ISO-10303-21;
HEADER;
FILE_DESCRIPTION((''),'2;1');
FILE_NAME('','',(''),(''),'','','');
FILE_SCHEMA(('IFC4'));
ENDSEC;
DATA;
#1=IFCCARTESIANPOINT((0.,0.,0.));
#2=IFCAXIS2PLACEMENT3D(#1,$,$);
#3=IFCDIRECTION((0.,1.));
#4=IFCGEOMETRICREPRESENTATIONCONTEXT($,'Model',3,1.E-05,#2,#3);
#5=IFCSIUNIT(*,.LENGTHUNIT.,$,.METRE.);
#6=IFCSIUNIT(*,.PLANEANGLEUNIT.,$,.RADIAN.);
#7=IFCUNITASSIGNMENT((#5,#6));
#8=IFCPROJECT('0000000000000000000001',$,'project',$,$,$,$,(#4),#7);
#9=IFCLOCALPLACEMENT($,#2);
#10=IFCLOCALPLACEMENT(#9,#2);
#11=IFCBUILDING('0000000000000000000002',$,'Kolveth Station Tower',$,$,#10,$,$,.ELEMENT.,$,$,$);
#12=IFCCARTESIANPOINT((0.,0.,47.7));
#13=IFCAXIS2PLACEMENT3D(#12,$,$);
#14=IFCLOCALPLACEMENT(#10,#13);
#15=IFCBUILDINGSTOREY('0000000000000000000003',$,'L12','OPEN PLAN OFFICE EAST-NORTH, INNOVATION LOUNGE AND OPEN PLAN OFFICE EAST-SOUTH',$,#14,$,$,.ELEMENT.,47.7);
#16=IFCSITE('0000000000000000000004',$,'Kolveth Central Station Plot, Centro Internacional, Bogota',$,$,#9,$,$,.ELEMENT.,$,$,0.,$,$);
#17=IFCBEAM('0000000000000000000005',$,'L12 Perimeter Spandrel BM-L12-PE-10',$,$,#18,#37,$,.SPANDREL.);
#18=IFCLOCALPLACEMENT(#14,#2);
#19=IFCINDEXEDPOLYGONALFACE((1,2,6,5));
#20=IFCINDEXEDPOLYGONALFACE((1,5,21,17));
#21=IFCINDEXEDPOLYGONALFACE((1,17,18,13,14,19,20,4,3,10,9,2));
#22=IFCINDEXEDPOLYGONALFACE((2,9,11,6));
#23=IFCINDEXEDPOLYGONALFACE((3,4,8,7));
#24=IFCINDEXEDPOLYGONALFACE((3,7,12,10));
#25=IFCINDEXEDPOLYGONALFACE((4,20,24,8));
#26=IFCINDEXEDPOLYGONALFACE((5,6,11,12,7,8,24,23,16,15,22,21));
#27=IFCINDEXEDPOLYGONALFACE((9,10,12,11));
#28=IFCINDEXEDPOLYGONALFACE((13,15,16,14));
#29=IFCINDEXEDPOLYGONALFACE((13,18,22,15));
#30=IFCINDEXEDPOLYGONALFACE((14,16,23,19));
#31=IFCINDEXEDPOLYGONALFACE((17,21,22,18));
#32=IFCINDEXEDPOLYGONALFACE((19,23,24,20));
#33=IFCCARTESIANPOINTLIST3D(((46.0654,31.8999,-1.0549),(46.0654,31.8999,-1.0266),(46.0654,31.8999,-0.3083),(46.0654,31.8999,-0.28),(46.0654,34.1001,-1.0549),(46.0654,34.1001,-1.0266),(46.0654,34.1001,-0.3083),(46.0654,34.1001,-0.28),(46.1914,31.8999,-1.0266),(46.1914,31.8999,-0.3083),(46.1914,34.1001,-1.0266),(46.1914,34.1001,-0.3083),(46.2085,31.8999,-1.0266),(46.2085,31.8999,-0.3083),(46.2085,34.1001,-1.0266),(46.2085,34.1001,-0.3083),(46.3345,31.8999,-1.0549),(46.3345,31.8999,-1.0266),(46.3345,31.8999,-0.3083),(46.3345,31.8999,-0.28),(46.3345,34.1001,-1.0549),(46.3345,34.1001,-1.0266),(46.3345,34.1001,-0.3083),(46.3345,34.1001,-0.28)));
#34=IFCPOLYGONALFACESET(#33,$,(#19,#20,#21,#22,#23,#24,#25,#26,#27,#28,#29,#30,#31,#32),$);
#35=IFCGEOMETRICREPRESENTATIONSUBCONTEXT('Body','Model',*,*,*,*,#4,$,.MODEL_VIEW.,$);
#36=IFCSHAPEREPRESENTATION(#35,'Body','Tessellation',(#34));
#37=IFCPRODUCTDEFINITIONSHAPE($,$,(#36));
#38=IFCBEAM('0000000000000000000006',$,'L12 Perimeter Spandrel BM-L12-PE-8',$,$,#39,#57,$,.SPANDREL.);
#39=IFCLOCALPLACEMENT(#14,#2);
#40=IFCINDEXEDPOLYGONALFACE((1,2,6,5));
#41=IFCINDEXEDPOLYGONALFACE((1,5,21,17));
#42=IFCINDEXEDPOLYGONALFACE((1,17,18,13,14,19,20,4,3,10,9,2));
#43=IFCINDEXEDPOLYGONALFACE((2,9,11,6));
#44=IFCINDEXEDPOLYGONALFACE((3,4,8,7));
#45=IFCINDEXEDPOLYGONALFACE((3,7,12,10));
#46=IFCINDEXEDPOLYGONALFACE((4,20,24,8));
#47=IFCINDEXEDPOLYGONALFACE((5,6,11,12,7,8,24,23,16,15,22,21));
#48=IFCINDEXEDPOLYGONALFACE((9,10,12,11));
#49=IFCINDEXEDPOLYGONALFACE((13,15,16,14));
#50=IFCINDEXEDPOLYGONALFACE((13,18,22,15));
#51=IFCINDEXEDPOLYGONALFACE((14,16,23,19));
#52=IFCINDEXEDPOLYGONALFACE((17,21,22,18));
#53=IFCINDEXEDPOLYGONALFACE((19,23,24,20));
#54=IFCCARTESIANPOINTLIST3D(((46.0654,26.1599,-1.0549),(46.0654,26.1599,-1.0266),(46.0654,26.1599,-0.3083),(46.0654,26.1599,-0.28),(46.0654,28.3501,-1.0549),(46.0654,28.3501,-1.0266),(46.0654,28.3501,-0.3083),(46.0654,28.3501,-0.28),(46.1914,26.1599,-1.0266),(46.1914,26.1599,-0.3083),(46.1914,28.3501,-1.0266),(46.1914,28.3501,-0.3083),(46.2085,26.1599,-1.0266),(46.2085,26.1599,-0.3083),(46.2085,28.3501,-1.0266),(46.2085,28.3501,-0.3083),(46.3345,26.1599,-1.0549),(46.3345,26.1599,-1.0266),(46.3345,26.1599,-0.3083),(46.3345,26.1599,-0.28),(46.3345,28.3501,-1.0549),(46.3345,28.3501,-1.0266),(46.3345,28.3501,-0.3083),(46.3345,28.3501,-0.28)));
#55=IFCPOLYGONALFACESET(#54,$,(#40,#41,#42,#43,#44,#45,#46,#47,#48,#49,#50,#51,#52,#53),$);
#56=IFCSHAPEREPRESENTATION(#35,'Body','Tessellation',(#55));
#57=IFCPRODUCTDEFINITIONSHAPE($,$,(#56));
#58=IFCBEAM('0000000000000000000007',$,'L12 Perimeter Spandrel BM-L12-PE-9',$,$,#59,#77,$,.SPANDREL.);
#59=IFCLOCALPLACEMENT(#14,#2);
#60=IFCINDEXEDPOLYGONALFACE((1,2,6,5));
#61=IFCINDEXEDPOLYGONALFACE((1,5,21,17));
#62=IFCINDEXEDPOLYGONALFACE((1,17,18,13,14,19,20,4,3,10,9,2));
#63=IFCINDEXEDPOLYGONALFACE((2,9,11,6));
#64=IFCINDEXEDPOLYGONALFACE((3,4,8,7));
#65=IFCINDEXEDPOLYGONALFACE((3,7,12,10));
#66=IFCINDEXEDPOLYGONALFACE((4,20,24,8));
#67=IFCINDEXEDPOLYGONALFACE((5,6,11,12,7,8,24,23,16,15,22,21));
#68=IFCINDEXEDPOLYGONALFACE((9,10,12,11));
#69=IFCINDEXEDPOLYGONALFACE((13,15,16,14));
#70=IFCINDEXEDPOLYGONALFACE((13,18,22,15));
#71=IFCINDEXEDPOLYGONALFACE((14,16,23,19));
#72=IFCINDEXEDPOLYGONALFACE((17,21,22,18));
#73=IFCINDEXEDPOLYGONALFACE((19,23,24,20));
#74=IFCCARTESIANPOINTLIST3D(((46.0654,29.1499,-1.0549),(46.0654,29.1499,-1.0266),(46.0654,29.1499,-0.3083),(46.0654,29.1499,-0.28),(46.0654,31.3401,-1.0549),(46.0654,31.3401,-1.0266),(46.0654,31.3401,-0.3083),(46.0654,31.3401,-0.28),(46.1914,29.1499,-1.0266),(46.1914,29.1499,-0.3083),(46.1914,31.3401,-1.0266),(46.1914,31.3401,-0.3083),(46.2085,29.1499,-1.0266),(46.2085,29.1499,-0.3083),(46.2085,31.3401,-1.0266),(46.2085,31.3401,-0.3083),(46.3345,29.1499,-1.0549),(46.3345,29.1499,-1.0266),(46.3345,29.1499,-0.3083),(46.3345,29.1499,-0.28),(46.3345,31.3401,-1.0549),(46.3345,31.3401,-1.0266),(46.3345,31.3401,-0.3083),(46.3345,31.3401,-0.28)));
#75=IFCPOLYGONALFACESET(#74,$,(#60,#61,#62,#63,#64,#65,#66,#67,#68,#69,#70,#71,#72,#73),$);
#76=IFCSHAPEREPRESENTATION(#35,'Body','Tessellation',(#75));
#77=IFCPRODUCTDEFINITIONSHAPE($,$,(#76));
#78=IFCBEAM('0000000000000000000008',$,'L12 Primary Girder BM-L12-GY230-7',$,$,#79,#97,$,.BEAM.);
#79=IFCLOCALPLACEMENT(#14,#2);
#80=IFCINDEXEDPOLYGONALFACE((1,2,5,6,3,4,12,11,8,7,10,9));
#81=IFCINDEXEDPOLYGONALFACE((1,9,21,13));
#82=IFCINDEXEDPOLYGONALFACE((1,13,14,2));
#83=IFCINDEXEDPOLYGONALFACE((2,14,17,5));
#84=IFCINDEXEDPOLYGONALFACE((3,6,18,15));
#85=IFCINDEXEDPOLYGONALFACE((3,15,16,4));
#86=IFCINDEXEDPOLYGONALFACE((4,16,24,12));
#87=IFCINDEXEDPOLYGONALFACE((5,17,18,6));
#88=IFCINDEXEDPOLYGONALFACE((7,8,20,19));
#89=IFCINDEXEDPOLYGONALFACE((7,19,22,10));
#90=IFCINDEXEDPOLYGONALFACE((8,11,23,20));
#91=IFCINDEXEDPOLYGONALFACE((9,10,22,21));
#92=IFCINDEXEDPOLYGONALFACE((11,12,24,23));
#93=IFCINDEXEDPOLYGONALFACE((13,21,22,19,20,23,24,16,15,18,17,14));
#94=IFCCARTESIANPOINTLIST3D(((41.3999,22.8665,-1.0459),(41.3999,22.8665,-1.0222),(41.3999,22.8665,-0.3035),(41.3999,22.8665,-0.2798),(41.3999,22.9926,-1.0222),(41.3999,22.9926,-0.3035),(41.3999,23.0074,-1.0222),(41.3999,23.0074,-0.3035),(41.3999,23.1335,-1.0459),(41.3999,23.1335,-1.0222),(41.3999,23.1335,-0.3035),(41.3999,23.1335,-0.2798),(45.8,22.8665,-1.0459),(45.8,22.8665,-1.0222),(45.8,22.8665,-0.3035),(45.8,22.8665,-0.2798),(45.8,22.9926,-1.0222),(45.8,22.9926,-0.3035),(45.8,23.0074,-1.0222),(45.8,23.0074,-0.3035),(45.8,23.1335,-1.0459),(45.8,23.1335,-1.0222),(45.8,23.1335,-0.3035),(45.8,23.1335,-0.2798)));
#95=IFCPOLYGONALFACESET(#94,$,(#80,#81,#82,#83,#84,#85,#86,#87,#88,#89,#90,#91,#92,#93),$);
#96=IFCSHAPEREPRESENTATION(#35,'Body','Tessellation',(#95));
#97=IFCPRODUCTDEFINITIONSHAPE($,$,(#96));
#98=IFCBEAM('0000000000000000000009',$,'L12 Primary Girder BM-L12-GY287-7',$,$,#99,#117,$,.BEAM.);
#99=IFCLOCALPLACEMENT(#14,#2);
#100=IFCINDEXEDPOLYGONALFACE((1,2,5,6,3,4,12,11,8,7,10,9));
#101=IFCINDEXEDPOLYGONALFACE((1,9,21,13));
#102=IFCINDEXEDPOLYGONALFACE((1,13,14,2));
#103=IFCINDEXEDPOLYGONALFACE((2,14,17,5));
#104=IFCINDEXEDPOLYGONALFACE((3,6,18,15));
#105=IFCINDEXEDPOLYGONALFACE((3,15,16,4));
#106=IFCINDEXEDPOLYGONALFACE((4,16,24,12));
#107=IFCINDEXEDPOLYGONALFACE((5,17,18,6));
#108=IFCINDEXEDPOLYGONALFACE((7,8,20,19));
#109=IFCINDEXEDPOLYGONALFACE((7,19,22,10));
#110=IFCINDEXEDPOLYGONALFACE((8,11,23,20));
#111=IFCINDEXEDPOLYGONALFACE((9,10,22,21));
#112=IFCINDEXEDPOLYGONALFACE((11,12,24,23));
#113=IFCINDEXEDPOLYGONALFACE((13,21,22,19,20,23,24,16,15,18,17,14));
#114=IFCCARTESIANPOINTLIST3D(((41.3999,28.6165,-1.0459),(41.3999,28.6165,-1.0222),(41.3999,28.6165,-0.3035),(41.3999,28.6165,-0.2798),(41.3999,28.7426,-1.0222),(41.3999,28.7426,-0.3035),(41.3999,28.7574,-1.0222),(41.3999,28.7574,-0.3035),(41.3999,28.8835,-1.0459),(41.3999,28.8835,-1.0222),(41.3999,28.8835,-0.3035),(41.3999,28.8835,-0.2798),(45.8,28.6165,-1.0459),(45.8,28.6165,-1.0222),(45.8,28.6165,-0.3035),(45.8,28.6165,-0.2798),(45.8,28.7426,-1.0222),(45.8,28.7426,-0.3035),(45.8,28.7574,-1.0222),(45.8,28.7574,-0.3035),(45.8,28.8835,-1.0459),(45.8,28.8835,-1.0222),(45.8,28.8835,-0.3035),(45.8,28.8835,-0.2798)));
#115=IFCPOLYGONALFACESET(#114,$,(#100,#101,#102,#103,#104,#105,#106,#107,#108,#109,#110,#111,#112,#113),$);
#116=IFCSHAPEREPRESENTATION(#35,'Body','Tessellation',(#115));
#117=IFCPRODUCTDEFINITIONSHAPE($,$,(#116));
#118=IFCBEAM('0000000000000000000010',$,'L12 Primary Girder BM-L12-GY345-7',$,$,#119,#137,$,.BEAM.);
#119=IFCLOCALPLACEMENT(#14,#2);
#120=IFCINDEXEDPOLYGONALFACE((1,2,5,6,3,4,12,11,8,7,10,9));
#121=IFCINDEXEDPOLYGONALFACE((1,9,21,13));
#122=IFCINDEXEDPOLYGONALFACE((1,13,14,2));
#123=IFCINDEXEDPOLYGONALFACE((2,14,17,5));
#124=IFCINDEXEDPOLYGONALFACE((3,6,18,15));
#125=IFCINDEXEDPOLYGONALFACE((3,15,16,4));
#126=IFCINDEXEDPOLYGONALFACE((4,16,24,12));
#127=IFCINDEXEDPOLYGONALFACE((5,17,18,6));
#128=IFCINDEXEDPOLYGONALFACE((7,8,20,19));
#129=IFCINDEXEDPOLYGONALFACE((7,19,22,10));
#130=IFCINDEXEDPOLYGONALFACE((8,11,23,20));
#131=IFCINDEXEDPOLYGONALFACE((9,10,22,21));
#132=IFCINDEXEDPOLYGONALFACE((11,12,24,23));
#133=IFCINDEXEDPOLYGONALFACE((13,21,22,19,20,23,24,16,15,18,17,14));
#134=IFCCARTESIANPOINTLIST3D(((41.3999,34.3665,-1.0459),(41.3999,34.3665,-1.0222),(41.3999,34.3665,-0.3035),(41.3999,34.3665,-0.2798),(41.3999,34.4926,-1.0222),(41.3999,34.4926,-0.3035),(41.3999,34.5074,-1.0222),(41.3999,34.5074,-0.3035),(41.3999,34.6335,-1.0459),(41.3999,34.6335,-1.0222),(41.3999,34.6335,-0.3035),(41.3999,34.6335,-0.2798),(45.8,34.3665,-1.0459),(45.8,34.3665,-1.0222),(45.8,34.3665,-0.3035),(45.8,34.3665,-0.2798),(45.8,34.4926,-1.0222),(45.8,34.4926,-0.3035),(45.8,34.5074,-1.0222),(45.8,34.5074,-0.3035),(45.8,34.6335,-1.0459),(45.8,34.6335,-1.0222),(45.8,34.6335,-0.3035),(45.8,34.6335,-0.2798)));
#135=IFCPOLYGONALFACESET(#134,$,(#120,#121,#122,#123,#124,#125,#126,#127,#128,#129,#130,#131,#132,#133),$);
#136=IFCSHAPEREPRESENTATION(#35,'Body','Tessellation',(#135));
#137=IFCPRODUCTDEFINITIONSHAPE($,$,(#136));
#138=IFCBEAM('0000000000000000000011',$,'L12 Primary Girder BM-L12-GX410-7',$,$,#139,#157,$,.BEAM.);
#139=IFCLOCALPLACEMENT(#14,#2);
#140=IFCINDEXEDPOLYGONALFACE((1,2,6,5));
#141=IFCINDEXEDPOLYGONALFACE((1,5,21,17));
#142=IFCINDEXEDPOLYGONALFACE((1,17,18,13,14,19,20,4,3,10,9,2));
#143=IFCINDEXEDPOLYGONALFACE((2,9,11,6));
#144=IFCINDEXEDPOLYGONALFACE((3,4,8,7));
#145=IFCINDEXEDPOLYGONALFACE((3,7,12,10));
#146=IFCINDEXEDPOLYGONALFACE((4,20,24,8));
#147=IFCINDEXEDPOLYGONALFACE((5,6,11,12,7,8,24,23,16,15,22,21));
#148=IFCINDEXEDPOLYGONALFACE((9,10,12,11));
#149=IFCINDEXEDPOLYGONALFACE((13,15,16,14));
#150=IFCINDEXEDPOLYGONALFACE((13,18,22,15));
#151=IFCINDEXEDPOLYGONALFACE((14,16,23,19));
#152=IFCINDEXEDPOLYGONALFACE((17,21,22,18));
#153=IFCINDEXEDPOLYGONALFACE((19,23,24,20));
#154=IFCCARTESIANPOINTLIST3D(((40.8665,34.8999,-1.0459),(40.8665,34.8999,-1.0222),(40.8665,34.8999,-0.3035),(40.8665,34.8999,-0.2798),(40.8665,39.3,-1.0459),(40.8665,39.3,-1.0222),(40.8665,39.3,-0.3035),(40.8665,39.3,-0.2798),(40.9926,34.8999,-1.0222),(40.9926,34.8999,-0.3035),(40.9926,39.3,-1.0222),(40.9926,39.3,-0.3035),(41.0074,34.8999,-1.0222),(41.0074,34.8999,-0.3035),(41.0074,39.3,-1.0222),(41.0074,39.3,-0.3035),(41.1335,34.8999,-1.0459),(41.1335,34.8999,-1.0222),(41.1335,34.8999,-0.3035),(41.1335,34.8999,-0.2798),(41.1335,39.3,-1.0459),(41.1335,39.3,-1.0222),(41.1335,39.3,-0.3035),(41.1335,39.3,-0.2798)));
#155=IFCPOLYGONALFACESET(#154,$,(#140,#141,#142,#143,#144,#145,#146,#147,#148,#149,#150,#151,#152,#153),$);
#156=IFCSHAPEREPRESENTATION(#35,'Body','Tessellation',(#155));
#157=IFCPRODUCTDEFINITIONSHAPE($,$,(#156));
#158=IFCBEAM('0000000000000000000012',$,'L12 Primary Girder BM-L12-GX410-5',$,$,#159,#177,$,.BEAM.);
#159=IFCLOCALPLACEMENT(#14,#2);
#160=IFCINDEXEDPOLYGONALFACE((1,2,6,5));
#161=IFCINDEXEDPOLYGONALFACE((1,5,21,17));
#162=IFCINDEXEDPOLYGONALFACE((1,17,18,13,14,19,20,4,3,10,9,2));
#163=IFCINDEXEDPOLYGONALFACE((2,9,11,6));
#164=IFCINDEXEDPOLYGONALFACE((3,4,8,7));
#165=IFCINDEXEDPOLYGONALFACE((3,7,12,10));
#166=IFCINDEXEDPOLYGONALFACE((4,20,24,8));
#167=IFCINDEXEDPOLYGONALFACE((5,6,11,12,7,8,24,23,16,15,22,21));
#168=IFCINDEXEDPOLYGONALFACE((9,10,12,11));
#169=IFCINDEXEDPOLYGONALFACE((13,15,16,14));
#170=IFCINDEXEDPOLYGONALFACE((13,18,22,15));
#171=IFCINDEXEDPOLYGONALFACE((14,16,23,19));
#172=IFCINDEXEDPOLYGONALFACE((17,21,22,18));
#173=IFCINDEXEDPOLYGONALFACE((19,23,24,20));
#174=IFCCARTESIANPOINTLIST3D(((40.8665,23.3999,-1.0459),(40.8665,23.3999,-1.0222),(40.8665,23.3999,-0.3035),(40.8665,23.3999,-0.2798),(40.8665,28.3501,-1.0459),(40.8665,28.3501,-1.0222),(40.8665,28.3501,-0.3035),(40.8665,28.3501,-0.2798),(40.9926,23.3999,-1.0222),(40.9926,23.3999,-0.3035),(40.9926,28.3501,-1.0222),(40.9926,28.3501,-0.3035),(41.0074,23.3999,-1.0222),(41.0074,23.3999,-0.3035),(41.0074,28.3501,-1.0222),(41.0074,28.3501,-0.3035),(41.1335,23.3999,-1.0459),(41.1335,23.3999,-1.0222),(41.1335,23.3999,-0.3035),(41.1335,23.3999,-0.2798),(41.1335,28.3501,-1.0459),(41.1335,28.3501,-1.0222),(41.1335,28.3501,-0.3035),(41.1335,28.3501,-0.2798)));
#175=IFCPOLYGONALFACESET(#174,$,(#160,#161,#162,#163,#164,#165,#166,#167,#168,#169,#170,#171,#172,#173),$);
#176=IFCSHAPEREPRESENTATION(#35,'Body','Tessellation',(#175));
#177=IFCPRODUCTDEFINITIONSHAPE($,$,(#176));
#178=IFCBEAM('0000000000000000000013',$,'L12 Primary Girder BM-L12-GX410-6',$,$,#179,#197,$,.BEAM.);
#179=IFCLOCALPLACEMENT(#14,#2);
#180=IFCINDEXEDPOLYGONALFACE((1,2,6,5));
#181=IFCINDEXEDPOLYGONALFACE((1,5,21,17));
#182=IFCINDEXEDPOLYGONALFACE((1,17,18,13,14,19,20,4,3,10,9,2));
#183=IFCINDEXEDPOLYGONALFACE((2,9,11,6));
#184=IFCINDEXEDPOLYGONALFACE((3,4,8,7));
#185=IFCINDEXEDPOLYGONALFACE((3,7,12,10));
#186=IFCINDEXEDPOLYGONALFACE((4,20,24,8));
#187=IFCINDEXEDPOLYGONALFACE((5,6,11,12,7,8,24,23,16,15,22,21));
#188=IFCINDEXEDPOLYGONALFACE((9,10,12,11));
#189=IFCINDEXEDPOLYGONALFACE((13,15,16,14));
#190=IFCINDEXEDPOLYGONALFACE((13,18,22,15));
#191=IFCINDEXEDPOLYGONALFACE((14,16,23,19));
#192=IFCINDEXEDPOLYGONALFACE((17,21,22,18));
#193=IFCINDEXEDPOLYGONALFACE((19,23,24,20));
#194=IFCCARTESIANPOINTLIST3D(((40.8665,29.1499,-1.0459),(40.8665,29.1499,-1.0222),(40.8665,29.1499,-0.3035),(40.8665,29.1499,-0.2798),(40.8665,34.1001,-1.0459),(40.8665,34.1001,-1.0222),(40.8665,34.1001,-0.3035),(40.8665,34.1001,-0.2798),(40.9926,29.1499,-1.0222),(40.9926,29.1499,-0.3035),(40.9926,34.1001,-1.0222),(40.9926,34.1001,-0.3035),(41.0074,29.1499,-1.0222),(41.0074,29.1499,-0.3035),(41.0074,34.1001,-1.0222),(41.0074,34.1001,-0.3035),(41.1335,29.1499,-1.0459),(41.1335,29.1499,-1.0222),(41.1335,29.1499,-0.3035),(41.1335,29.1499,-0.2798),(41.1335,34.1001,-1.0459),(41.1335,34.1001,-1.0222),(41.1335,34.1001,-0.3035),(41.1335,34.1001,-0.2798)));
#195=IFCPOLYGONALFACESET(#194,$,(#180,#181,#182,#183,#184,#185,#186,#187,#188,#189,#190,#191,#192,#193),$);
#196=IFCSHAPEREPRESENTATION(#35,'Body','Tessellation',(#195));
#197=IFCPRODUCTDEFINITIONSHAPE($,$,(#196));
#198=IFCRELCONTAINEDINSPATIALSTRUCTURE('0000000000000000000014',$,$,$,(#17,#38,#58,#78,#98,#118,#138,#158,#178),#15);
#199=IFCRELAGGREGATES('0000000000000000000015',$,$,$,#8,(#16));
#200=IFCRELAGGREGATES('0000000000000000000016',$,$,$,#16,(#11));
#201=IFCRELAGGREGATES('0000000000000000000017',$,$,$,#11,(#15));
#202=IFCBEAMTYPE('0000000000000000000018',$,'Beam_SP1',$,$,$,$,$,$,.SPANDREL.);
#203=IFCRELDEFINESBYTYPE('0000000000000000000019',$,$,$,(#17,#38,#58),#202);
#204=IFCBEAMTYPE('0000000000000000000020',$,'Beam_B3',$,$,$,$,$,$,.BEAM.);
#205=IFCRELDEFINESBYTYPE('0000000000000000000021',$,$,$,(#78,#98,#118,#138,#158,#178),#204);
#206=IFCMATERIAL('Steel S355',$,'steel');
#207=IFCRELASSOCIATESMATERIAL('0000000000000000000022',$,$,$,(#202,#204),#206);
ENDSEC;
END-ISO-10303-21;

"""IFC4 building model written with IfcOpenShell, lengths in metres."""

from ifc_helpers import new_model, si_unit, direction, frame, origin, origin_2d, place, context, subcontext, project, spatial, i_section, extrude, source, transform, mapped, material, material_profile, profile_set, type_object, element, save


model = new_model("IFC4")

# Units and contexts
model_context = context("Model", 3, precision=1e-05, world=origin(), true_north=direction((0.0, 1.0)))
body_context = subcontext(model_context, "Body", "Model", "MODEL_VIEW")
ifc_project = project(units=[si_unit("LENGTHUNIT", "METRE"), si_unit("PLANEANGLEUNIT", "RADIAN")], contexts=[model_context])

# Site, building, storey
site_placement = place(None, origin())
site = spatial("IfcSite", under=ifc_project, at=site_placement, Name="Kolveth Central Station Plot, Centro Internacional, Bogota", CompositionType="ELEMENT", RefElevation=0.0)
building_placement = place(site_placement, origin())
building = spatial("IfcBuilding", under=site, at=building_placement, Name="Kolveth Station Tower", CompositionType="ELEMENT")
storey_placement = place(building_placement, frame((0.0, 0.0, 47.7)))
storey = spatial("IfcBuildingStorey", under=building, at=storey_placement, Name="L12", Description="OPEN PLAN OFFICE EAST-NORTH, INNOVATION LOUNGE AND OPEN PLAN OFFICE EAST-SOUTH", CompositionType="ELEMENT", Elevation=47.7)

# Shared definitions
ifc_material_1 = material(Name="Steel S355", Category="steel")

# Beams
ifc_material_profile_1 = material_profile(ifc_material_1, i_section(OverallWidth=0.269, OverallDepth=0.7749, WebThickness=0.0171, FlangeThickness=0.0283, at=origin_2d()), Name="W760x220")
ifc_profile_set_1 = profile_set([ifc_material_profile_1], Name="Steel S355")
beam_type_1 = type_object("IfcBeamType", Name="Beam_SP1", PredefinedType="SPANDREL", material=ifc_profile_set_1)
shared_shape_1 = source(origin(), body_context, "Body", "SweptSolid", [
    extrude(i_section(OverallWidth=0.269, OverallDepth=0.7749, WebThickness=0.0171, FlangeThickness=0.0283, at=origin_2d()), origin(), (0.0, 0.0, 1.0), 2.2002),
])
for number, where, z_axis, x_axis, name in (
    (1, (46.2, 31.8999, -0.6675), (0.0, 1.0, 0.0), (-1.0, 0.0, 0.0), "L12 Perimeter Spandrel BM-L12-PE-10"),
):
    element("IfcBeam", number, at=place(storey_placement, frame(where, z_axis=z_axis, x_axis=x_axis)), inside=storey, type_object=beam_type_1, Name=name, PredefinedType="SPANDREL", context=body_context, shape_type="MappedRepresentation", body=[
        mapped(shared_shape_1, transform((0.0, 0.0, 0.0), x_axis=(1.0, 0.0, 0.0), y_axis=(0.0, 1.0, 0.0), z_axis=(0.0, 0.0, 1.0), scale=1.0)),
    ])
shared_shape_2 = source(origin(), body_context, "Body", "SweptSolid", [
    extrude(i_section(OverallWidth=0.269, OverallDepth=0.7749, WebThickness=0.0171, FlangeThickness=0.0283, at=origin_2d()), origin(), (0.0, 0.0, 1.0), 2.1902),
])
for number, where, z_axis, x_axis, name in (
    (2, (46.2, 26.1599, -0.6675), (0.0, 1.0, 0.0), (-1.0, 0.0, 0.0), "L12 Perimeter Spandrel BM-L12-PE-8"),
    (3, (46.2, 29.1499, -0.6675), (0.0, 1.0, 0.0), (-1.0, 0.0, 0.0), "L12 Perimeter Spandrel BM-L12-PE-9"),
):
    element("IfcBeam", number, at=place(storey_placement, frame(where, z_axis=z_axis, x_axis=x_axis)), inside=storey, type_object=beam_type_1, Name=name, PredefinedType="SPANDREL", context=body_context, shape_type="MappedRepresentation", body=[
        mapped(shared_shape_2, transform((0.0, 0.0, 0.0), x_axis=(1.0, 0.0, 0.0), y_axis=(0.0, 1.0, 0.0), z_axis=(0.0, 0.0, 1.0), scale=1.0)),
    ])
ifc_material_profile_2 = material_profile(ifc_material_1, i_section(OverallWidth=0.2671, OverallDepth=0.7661, WebThickness=0.0149, FlangeThickness=0.0237, at=origin_2d()), Name="W760x185")
ifc_profile_set_2 = profile_set([ifc_material_profile_2], Name="Steel S355")
beam_type_2 = type_object("IfcBeamType", Name="Beam_B3", PredefinedType="BEAM", material=ifc_profile_set_2)
shared_shape_3 = source(origin(), body_context, "Body", "SweptSolid", [
    extrude(i_section(OverallWidth=0.2671, OverallDepth=0.7661, WebThickness=0.0149, FlangeThickness=0.0237, at=origin_2d()), origin(), (0.0, 0.0, 1.0), 4.4001),
])
for number, where, z_axis, x_axis, name in (
    (4, (41.3999, 23.0, -0.6628), (1.0, 0.0, 0.0), (0.0, 1.0, 0.0), "L12 Primary Girder BM-L12-GY230-7"),
    (5, (41.3999, 28.75, -0.6628), (1.0, 0.0, 0.0), (0.0, 1.0, 0.0), "L12 Primary Girder BM-L12-GY287-7"),
    (6, (41.3999, 34.5, -0.6628), (1.0, 0.0, 0.0), (0.0, 1.0, 0.0), "L12 Primary Girder BM-L12-GY345-7"),
    (7, (41.0, 34.8999, -0.6628), (0.0, 1.0, 0.0), (-1.0, 0.0, 0.0), "L12 Primary Girder BM-L12-GX410-7"),
):
    element("IfcBeam", number, at=place(storey_placement, frame(where, z_axis=z_axis, x_axis=x_axis)), inside=storey, type_object=beam_type_2, Name=name, PredefinedType="BEAM", context=body_context, shape_type="MappedRepresentation", body=[
        mapped(shared_shape_3, transform((0.0, 0.0, 0.0), x_axis=(1.0, 0.0, 0.0), y_axis=(0.0, 1.0, 0.0), z_axis=(0.0, 0.0, 1.0), scale=1.0)),
    ])
shared_shape_4 = source(origin(), body_context, "Body", "SweptSolid", [
    extrude(i_section(OverallWidth=0.2671, OverallDepth=0.7661, WebThickness=0.0149, FlangeThickness=0.0237, at=origin_2d()), origin(), (0.0, 0.0, 1.0), 4.9502),
])
for number, where, z_axis, x_axis, name in (
    (8, (41.0, 23.3999, -0.6628), (0.0, 1.0, 0.0), (-1.0, 0.0, 0.0), "L12 Primary Girder BM-L12-GX410-5"),
    (9, (41.0, 29.1499, -0.6628), (0.0, 1.0, 0.0), (-1.0, 0.0, 0.0), "L12 Primary Girder BM-L12-GX410-6"),
):
    element("IfcBeam", number, at=place(storey_placement, frame(where, z_axis=z_axis, x_axis=x_axis)), inside=storey, type_object=beam_type_2, Name=name, PredefinedType="BEAM", context=body_context, shape_type="MappedRepresentation", body=[
        mapped(shared_shape_4, transform((0.0, 0.0, 0.0), x_axis=(1.0, 0.0, 0.0), y_axis=(0.0, 1.0, 0.0), z_axis=(0.0, 0.0, 1.0), scale=1.0)),
    ])

save(model, "model.ifc")
